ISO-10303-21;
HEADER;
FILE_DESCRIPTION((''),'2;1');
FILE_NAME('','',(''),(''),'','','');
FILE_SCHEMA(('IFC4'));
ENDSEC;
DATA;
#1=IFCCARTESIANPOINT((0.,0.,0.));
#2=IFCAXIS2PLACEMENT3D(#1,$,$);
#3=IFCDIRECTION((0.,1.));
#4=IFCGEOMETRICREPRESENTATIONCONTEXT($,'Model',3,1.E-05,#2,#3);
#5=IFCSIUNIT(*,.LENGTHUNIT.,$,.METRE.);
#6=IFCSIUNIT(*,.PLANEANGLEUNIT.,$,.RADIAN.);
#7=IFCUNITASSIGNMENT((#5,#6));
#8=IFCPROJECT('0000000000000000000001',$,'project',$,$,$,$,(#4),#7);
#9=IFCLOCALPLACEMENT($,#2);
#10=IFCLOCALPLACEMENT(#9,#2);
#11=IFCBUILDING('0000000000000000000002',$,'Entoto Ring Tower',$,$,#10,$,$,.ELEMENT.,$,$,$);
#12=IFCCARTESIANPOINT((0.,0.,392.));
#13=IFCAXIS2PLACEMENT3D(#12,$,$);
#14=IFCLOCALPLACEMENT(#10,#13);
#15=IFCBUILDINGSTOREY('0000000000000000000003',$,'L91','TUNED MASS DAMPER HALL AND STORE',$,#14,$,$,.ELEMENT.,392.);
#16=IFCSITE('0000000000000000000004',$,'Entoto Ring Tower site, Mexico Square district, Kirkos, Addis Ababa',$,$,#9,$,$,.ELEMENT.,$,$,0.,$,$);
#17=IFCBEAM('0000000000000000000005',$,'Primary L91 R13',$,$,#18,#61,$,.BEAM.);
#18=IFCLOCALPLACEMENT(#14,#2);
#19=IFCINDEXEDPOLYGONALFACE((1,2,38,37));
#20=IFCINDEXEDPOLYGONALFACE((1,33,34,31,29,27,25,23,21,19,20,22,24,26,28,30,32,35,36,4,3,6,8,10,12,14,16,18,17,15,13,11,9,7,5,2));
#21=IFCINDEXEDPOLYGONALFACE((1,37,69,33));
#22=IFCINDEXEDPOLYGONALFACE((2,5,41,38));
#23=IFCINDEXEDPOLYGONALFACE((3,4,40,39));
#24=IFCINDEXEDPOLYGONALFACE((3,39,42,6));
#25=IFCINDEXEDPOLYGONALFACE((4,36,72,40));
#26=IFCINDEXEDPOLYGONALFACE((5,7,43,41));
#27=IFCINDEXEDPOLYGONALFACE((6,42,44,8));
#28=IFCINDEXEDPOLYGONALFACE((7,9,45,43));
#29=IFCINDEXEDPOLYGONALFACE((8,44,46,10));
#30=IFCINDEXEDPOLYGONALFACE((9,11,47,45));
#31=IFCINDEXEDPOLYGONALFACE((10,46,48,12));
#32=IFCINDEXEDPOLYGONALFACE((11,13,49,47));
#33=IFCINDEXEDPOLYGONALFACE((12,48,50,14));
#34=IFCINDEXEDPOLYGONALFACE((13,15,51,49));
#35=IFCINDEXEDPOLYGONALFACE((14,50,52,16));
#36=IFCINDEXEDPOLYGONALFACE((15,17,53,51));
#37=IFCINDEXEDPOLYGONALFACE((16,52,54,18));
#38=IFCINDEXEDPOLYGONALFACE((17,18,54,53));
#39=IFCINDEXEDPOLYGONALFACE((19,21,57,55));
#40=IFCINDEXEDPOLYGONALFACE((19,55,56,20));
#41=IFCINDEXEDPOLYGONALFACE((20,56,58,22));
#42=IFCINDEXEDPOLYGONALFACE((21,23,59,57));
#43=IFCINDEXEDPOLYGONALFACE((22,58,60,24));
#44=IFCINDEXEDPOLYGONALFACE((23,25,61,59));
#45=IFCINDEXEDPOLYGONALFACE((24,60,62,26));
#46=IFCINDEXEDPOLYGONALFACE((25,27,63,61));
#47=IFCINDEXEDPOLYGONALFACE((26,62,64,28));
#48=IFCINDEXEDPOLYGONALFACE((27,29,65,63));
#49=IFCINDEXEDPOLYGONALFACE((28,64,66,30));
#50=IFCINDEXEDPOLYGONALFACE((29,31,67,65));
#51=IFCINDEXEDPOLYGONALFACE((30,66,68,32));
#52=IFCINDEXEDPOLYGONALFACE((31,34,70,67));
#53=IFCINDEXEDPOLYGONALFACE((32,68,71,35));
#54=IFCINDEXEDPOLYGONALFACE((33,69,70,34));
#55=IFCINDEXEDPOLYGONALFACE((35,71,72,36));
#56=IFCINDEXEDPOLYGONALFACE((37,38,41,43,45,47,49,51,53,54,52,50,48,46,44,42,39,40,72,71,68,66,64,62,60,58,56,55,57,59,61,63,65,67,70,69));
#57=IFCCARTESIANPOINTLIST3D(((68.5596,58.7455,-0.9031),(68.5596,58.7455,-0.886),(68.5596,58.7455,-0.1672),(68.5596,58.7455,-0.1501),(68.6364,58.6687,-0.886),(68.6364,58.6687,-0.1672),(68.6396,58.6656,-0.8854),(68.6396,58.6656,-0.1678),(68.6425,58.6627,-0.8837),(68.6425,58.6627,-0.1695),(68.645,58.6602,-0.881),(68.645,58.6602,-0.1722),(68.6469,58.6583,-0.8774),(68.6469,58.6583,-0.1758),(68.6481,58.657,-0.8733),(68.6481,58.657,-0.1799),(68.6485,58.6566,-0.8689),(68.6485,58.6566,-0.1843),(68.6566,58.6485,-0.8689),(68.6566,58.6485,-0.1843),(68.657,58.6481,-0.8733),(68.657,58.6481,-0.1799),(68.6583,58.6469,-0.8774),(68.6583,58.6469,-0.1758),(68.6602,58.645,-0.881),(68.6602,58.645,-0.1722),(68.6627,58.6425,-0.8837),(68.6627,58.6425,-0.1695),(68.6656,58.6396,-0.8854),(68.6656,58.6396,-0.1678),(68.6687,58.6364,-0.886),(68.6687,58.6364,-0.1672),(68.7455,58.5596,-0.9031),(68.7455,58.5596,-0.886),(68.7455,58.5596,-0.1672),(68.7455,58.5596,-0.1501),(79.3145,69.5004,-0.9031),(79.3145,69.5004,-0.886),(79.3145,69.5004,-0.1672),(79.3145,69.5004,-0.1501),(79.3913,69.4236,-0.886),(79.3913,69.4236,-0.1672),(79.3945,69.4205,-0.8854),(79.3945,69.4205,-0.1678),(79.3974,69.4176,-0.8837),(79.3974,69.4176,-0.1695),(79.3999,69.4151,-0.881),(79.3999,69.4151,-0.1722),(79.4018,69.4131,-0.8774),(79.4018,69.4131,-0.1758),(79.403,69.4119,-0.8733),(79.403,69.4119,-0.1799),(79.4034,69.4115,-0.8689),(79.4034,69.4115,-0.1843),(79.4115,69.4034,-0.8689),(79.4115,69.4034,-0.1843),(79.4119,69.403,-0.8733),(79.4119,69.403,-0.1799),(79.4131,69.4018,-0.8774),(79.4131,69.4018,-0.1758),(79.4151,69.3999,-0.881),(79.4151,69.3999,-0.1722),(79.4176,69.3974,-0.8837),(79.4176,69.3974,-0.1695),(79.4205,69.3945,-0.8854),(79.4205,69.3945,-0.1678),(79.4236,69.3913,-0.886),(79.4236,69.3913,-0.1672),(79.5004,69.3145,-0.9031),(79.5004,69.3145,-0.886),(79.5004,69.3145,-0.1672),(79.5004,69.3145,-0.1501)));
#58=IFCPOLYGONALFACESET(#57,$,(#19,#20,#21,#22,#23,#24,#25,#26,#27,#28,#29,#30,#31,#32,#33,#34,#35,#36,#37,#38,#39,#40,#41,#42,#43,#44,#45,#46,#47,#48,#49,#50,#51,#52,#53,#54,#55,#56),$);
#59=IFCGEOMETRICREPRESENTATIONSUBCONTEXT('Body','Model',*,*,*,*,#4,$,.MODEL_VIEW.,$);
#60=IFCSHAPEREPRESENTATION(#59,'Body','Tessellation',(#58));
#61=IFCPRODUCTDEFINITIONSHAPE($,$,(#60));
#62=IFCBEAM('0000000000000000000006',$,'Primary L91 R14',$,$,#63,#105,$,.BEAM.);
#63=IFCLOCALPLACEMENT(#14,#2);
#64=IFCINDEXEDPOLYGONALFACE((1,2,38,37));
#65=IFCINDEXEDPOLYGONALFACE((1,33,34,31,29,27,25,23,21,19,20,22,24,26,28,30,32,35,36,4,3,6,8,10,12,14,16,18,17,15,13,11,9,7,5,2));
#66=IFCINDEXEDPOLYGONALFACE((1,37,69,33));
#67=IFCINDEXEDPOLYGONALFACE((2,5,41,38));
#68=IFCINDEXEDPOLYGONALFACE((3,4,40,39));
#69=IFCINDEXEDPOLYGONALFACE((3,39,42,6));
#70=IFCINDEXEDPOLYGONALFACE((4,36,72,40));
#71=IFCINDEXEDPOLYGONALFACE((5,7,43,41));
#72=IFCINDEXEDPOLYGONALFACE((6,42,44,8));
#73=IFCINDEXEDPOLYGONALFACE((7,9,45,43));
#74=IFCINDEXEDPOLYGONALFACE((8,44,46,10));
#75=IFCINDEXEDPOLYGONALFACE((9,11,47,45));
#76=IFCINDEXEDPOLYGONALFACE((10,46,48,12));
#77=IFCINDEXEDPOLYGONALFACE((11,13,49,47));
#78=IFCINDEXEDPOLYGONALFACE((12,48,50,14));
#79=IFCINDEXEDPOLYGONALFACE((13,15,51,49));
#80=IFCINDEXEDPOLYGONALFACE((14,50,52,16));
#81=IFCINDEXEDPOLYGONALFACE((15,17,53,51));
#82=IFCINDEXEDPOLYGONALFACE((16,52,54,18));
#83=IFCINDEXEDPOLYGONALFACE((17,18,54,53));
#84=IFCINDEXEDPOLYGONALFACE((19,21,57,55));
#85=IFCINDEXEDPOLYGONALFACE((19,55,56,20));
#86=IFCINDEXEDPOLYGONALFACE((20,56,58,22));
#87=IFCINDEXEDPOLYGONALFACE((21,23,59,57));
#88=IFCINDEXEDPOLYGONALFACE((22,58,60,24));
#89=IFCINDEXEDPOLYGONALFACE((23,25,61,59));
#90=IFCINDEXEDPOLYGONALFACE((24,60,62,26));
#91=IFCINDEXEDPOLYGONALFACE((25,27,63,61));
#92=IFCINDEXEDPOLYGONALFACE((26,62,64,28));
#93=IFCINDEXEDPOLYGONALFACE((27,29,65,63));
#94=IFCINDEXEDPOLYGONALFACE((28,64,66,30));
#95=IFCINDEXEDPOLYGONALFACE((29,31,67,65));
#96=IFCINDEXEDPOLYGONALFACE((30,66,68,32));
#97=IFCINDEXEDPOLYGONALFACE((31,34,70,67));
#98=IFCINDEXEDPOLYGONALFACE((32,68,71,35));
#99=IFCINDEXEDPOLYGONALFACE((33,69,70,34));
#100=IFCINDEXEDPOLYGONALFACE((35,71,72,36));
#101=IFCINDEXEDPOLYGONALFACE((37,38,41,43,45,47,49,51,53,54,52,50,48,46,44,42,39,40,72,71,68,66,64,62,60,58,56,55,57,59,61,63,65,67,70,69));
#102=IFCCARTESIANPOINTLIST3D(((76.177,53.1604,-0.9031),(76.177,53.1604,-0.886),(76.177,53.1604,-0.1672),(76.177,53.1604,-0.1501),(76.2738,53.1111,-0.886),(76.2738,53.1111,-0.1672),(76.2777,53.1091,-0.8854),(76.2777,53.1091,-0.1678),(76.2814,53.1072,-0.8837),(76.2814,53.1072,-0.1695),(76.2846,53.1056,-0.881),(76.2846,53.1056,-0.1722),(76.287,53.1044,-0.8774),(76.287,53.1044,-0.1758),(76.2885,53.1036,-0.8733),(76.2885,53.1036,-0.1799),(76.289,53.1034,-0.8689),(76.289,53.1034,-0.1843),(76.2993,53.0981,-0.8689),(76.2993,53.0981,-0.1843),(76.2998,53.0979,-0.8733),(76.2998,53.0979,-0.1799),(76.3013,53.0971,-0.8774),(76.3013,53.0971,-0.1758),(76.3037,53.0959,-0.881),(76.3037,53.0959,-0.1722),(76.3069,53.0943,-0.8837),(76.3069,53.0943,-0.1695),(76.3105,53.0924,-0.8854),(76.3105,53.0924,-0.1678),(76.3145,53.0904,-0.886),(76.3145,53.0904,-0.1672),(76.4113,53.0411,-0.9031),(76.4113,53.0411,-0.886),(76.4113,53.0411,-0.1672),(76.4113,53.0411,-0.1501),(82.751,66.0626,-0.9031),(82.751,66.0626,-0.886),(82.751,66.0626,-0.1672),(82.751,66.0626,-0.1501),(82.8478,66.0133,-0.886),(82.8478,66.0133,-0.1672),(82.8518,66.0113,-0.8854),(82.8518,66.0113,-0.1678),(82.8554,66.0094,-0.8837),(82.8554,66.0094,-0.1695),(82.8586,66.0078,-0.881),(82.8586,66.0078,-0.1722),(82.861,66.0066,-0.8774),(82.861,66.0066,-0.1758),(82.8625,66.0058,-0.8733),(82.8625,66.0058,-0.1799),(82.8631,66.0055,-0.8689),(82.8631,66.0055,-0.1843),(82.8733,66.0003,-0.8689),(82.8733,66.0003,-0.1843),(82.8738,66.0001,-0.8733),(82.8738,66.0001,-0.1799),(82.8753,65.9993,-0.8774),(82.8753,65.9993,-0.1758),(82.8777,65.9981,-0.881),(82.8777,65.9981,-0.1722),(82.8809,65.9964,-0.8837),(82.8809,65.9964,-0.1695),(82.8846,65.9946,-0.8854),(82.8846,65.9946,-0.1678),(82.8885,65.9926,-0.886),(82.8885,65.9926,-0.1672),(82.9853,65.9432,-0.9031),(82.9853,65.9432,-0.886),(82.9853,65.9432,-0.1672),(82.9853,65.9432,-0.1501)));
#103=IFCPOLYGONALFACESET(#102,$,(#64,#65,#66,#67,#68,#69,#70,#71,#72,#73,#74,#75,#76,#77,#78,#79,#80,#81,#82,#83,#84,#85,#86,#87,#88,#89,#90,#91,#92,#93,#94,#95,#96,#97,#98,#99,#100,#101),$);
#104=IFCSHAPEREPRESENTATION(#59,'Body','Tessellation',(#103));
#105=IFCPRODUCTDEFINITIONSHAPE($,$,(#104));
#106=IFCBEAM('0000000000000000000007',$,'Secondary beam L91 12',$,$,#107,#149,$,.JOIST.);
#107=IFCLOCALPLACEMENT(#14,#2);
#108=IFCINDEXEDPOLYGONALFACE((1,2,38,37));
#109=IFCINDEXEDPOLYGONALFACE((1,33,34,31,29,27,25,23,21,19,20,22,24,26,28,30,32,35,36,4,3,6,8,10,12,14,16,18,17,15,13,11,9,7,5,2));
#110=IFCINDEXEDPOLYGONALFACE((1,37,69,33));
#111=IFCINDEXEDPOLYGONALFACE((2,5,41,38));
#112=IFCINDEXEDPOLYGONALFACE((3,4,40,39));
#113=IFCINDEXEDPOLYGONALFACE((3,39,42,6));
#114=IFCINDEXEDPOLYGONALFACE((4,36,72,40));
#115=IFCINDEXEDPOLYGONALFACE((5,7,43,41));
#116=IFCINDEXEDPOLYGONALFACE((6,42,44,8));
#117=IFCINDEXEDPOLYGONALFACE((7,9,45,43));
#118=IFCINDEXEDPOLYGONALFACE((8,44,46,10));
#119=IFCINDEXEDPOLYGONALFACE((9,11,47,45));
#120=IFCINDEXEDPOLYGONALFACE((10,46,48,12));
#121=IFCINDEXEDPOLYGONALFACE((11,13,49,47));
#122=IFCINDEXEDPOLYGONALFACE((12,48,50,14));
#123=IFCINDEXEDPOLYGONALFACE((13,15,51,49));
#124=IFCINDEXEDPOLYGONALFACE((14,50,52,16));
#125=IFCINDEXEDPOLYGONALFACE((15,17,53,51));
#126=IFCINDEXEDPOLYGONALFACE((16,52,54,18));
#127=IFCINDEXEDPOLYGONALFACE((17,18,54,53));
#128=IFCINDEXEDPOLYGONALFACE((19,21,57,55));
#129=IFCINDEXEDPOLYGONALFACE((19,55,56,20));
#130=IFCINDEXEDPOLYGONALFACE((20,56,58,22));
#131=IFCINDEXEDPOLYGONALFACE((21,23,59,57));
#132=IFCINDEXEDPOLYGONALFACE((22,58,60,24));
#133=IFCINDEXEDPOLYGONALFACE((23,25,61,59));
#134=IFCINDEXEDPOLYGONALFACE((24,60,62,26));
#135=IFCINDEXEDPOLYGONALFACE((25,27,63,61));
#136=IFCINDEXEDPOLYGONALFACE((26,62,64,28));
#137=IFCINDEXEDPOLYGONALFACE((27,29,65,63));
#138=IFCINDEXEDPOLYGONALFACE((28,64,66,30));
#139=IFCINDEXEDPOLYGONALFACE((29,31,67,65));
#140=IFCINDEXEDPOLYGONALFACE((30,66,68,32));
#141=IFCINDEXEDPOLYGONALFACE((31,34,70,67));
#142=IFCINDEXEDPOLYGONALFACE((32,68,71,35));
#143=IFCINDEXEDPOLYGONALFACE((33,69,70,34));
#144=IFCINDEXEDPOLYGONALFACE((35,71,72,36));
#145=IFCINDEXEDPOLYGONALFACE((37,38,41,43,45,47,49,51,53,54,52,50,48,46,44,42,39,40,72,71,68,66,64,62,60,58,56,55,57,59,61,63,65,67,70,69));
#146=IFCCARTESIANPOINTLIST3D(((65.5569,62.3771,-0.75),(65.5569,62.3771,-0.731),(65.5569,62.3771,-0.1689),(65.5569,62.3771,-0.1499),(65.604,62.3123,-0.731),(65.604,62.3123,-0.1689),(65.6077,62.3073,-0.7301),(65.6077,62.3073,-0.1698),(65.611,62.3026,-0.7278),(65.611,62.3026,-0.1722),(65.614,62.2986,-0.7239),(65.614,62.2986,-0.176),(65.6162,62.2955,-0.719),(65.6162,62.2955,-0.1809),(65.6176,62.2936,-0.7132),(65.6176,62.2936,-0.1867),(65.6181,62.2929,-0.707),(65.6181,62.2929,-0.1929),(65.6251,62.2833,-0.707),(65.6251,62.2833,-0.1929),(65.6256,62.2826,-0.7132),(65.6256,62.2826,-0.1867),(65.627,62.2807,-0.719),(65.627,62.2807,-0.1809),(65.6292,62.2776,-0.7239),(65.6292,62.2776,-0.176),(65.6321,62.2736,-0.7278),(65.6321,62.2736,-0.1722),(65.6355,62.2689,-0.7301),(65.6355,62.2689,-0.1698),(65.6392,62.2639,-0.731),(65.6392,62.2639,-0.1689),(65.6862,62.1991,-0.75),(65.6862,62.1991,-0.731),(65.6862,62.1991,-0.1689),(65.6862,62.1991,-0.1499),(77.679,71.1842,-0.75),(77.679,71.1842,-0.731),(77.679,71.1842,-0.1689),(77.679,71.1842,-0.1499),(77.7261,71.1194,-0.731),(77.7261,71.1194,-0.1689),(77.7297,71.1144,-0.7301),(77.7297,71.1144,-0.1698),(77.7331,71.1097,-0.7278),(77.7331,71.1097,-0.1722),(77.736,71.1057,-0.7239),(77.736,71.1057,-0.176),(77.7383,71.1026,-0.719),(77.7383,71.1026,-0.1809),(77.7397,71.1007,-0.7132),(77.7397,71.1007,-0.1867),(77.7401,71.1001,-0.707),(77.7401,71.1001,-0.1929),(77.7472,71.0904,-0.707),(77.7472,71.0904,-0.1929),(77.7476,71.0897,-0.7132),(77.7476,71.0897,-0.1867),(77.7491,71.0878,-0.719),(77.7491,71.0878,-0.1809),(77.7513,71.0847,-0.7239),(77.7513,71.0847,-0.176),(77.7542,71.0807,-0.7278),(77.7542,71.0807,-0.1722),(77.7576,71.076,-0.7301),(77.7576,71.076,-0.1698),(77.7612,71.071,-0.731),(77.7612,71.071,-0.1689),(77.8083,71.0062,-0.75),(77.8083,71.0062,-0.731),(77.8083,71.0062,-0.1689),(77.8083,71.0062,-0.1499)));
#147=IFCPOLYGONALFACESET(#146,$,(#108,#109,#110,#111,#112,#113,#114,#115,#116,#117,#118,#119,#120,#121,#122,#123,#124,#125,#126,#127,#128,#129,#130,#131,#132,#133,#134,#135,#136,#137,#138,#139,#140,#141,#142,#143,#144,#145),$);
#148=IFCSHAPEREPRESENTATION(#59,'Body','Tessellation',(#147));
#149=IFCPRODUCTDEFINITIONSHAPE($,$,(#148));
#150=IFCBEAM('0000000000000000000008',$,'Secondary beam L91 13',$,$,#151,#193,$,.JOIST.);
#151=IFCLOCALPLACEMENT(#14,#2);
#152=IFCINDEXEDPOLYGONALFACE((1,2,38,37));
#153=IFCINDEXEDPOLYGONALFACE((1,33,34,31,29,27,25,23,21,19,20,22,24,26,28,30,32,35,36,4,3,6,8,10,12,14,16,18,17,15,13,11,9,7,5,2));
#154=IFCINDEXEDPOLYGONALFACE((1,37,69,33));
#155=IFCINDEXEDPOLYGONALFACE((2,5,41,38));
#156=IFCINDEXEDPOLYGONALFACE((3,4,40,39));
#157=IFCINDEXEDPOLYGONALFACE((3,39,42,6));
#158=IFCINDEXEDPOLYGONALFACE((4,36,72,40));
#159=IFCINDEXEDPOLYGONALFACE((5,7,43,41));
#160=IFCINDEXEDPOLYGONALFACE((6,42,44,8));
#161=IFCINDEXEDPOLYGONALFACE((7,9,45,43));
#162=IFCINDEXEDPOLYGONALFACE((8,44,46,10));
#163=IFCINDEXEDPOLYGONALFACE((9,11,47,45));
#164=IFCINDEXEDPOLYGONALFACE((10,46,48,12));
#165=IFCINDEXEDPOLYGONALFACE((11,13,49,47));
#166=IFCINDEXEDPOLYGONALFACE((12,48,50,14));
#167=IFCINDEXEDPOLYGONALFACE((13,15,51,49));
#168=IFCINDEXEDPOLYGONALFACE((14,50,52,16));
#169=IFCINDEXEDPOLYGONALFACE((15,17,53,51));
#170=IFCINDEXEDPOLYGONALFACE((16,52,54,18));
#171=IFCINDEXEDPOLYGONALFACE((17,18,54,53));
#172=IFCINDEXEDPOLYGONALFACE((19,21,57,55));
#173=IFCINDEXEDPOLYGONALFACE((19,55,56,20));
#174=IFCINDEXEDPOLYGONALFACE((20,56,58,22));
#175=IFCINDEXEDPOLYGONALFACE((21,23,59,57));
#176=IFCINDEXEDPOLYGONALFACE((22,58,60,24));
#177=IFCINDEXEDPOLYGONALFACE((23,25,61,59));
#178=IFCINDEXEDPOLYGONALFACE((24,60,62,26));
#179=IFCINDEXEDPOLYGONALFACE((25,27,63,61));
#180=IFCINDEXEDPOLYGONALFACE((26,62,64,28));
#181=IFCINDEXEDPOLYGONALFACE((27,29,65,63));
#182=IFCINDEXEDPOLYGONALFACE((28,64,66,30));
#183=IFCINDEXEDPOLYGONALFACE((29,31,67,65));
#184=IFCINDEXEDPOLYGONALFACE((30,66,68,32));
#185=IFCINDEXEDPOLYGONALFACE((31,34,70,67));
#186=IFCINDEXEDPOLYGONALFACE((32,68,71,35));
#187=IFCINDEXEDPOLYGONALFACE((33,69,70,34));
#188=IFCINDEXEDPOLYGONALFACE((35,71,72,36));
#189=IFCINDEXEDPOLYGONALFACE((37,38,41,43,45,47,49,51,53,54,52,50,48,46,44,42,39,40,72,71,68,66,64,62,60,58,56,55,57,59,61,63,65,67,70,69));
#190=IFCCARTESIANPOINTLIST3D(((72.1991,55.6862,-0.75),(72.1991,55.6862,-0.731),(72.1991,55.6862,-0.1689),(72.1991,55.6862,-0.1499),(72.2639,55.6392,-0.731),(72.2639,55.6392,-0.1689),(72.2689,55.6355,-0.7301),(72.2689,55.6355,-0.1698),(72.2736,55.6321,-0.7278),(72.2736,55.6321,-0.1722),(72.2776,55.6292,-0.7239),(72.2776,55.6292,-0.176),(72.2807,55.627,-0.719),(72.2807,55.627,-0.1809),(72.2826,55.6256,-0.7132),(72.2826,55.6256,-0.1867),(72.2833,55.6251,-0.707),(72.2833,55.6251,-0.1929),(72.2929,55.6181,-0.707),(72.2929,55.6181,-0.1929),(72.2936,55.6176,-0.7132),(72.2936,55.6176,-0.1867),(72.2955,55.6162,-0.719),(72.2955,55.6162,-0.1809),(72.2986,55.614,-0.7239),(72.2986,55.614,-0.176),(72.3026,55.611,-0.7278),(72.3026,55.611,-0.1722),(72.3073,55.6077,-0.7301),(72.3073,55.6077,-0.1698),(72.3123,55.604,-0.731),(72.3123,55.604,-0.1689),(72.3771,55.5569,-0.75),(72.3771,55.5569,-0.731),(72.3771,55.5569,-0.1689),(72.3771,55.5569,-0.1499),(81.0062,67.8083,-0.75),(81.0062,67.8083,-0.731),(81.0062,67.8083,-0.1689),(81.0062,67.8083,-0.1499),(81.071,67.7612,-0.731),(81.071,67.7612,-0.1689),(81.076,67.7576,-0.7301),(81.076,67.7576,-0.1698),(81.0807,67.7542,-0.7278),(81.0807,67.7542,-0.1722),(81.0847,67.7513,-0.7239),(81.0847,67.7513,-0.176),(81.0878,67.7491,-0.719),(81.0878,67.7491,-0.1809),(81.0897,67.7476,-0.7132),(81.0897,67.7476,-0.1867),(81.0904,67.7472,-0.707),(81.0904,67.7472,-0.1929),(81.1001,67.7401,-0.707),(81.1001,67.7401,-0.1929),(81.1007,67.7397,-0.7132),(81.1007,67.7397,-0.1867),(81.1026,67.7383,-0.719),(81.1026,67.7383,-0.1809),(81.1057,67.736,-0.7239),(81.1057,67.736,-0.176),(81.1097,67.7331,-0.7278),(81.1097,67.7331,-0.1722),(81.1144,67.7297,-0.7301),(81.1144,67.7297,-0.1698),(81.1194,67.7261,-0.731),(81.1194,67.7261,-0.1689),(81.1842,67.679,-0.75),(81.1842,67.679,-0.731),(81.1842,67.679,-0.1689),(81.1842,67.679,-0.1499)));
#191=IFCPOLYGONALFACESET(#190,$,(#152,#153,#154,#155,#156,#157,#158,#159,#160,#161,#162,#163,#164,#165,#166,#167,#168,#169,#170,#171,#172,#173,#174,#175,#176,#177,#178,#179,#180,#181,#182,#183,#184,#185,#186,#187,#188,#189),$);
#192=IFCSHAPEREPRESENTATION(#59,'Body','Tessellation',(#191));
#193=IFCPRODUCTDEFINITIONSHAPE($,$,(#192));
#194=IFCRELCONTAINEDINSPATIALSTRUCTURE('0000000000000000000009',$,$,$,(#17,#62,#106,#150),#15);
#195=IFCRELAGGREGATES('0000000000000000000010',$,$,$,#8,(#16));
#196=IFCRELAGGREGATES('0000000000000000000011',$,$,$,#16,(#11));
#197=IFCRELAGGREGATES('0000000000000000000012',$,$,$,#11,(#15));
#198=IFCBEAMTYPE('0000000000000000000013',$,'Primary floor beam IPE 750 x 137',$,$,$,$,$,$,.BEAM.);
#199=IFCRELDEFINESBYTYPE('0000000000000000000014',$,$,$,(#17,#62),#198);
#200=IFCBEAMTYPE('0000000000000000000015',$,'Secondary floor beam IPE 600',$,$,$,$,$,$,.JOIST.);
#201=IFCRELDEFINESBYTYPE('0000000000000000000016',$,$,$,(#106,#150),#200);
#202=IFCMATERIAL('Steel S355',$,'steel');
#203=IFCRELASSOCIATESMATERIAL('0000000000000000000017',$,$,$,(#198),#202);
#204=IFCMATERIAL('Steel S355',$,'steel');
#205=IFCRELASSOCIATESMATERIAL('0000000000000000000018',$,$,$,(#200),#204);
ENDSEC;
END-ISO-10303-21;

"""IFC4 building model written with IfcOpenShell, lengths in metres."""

from ifc_helpers import new_model, si_unit, direction, frame, origin, origin_2d, place, context, subcontext, project, spatial, i_section, extrude, material, material_profile, profile_set, type_object, element, save


model = new_model("IFC4")

# Units and contexts
model_context = context("Model", 3, precision=1e-05, world=origin(), true_north=direction((0.0, 1.0)))
body_context = subcontext(model_context, "Body", "Model", "MODEL_VIEW")
ifc_project = project(units=[si_unit("LENGTHUNIT", "METRE"), si_unit("PLANEANGLEUNIT", "RADIAN")], contexts=[model_context])

# Site, building, storey
site_placement = place(None, origin())
site = spatial("IfcSite", under=ifc_project, at=site_placement, Name="Entoto Ring Tower site, Mexico Square district, Kirkos, Addis Ababa", CompositionType="ELEMENT", RefElevation=0.0)
building_placement = place(site_placement, origin())
building = spatial("IfcBuilding", under=site, at=building_placement, Name="Entoto Ring Tower", CompositionType="ELEMENT")
storey_placement = place(building_placement, frame((0.0, 0.0, 392.0)))
storey = spatial("IfcBuildingStorey", under=building, at=storey_placement, Name="L91", Description="TUNED MASS DAMPER HALL AND STORE", CompositionType="ELEMENT", Elevation=392.0)

# Beams
ifc_material_1 = material(Name="Steel S355", Category="steel")
ifc_material_profile_1 = material_profile(ifc_material_1, i_section(OverallWidth=0.2629, OverallDepth=0.7529, WebThickness=0.0115, FlangeThickness=0.0171, FilletRadius=0.0171, at=origin_2d()), Name="IPE 750 x 137")
ifc_profile_set_1 = profile_set([ifc_material_profile_1], Name="Steel S355")
beam_type_1 = type_object("IfcBeamType", Name="Primary floor beam IPE 750 x 137", PredefinedType="BEAM", material=ifc_profile_set_1)
beam_1_placement = place(storey_placement, frame((79.4075, 69.4075, -0.5266), z_axis=(-0.707107, -0.707107, 0.0), x_axis=(0.707107, -0.707107, 0.0)))
element("IfcBeam", 1, at=beam_1_placement, inside=storey, type_object=beam_type_1, Name="Primary L91 R13", PredefinedType="BEAM", context=body_context, shape_type="SweptSolid", body=[
    extrude(i_section(OverallWidth=0.2629, OverallDepth=0.7529, WebThickness=0.0115, FlangeThickness=0.0171, FilletRadius=0.0171, at=origin_2d()), origin(), (0.0, 0.0, 1.0), 15.2097),
])
beam_2_placement = place(storey_placement, frame((82.8682, 66.0029, -0.5266), z_axis=(-0.453992, -0.891006, 0.0), x_axis=(0.891006, -0.453992, 0.0)))
element("IfcBeam", 2, at=beam_2_placement, inside=storey, type_object=beam_type_1, Name="Primary L91 R14", PredefinedType="BEAM", context=body_context, shape_type="SweptSolid", body=[
    extrude(i_section(OverallWidth=0.2629, OverallDepth=0.7529, WebThickness=0.0115, FlangeThickness=0.0171, FilletRadius=0.0171, at=origin_2d()), origin(), (0.0, 0.0, 1.0), 14.4805),
])
ifc_material_2 = material(Name="Steel S355", Category="steel")
ifc_material_profile_2 = material_profile(ifc_material_2, i_section(OverallWidth=0.22, OverallDepth=0.6001, WebThickness=0.012, FlangeThickness=0.019, FilletRadius=0.0239, at=origin_2d()), Name="IPE 600")
ifc_profile_set_2 = profile_set([ifc_material_profile_2], Name="Steel S355")
beam_type_2 = type_object("IfcBeamType", Name="Secondary floor beam IPE 600", PredefinedType="JOIST", material=ifc_profile_set_2)
for number, where, z_axis, x_axis, name in (
    (3, (77.7437, 71.0952, -0.45), (-0.809019, -0.587782, 0.0), (0.587782, -0.809019, 0.0), "Secondary beam L91 12"),
    (4, (81.0952, 67.7437, -0.45), (-0.587782, -0.809019, 0.0), (0.809019, -0.587782, 0.0), "Secondary beam L91 13"),
):
    element("IfcBeam", number, at=place(storey_placement, frame(where, z_axis=z_axis, x_axis=x_axis)), inside=storey, type_object=beam_type_2, Name=name, PredefinedType="JOIST", context=body_context, shape_type="SweptSolid", body=[
        extrude(i_section(OverallWidth=0.22, OverallDepth=0.6001, WebThickness=0.012, FlangeThickness=0.019, FilletRadius=0.0239, at=origin_2d()), origin(), (0.0, 0.0, 1.0), 14.9836),
    ])

save(model, "model.ifc")
